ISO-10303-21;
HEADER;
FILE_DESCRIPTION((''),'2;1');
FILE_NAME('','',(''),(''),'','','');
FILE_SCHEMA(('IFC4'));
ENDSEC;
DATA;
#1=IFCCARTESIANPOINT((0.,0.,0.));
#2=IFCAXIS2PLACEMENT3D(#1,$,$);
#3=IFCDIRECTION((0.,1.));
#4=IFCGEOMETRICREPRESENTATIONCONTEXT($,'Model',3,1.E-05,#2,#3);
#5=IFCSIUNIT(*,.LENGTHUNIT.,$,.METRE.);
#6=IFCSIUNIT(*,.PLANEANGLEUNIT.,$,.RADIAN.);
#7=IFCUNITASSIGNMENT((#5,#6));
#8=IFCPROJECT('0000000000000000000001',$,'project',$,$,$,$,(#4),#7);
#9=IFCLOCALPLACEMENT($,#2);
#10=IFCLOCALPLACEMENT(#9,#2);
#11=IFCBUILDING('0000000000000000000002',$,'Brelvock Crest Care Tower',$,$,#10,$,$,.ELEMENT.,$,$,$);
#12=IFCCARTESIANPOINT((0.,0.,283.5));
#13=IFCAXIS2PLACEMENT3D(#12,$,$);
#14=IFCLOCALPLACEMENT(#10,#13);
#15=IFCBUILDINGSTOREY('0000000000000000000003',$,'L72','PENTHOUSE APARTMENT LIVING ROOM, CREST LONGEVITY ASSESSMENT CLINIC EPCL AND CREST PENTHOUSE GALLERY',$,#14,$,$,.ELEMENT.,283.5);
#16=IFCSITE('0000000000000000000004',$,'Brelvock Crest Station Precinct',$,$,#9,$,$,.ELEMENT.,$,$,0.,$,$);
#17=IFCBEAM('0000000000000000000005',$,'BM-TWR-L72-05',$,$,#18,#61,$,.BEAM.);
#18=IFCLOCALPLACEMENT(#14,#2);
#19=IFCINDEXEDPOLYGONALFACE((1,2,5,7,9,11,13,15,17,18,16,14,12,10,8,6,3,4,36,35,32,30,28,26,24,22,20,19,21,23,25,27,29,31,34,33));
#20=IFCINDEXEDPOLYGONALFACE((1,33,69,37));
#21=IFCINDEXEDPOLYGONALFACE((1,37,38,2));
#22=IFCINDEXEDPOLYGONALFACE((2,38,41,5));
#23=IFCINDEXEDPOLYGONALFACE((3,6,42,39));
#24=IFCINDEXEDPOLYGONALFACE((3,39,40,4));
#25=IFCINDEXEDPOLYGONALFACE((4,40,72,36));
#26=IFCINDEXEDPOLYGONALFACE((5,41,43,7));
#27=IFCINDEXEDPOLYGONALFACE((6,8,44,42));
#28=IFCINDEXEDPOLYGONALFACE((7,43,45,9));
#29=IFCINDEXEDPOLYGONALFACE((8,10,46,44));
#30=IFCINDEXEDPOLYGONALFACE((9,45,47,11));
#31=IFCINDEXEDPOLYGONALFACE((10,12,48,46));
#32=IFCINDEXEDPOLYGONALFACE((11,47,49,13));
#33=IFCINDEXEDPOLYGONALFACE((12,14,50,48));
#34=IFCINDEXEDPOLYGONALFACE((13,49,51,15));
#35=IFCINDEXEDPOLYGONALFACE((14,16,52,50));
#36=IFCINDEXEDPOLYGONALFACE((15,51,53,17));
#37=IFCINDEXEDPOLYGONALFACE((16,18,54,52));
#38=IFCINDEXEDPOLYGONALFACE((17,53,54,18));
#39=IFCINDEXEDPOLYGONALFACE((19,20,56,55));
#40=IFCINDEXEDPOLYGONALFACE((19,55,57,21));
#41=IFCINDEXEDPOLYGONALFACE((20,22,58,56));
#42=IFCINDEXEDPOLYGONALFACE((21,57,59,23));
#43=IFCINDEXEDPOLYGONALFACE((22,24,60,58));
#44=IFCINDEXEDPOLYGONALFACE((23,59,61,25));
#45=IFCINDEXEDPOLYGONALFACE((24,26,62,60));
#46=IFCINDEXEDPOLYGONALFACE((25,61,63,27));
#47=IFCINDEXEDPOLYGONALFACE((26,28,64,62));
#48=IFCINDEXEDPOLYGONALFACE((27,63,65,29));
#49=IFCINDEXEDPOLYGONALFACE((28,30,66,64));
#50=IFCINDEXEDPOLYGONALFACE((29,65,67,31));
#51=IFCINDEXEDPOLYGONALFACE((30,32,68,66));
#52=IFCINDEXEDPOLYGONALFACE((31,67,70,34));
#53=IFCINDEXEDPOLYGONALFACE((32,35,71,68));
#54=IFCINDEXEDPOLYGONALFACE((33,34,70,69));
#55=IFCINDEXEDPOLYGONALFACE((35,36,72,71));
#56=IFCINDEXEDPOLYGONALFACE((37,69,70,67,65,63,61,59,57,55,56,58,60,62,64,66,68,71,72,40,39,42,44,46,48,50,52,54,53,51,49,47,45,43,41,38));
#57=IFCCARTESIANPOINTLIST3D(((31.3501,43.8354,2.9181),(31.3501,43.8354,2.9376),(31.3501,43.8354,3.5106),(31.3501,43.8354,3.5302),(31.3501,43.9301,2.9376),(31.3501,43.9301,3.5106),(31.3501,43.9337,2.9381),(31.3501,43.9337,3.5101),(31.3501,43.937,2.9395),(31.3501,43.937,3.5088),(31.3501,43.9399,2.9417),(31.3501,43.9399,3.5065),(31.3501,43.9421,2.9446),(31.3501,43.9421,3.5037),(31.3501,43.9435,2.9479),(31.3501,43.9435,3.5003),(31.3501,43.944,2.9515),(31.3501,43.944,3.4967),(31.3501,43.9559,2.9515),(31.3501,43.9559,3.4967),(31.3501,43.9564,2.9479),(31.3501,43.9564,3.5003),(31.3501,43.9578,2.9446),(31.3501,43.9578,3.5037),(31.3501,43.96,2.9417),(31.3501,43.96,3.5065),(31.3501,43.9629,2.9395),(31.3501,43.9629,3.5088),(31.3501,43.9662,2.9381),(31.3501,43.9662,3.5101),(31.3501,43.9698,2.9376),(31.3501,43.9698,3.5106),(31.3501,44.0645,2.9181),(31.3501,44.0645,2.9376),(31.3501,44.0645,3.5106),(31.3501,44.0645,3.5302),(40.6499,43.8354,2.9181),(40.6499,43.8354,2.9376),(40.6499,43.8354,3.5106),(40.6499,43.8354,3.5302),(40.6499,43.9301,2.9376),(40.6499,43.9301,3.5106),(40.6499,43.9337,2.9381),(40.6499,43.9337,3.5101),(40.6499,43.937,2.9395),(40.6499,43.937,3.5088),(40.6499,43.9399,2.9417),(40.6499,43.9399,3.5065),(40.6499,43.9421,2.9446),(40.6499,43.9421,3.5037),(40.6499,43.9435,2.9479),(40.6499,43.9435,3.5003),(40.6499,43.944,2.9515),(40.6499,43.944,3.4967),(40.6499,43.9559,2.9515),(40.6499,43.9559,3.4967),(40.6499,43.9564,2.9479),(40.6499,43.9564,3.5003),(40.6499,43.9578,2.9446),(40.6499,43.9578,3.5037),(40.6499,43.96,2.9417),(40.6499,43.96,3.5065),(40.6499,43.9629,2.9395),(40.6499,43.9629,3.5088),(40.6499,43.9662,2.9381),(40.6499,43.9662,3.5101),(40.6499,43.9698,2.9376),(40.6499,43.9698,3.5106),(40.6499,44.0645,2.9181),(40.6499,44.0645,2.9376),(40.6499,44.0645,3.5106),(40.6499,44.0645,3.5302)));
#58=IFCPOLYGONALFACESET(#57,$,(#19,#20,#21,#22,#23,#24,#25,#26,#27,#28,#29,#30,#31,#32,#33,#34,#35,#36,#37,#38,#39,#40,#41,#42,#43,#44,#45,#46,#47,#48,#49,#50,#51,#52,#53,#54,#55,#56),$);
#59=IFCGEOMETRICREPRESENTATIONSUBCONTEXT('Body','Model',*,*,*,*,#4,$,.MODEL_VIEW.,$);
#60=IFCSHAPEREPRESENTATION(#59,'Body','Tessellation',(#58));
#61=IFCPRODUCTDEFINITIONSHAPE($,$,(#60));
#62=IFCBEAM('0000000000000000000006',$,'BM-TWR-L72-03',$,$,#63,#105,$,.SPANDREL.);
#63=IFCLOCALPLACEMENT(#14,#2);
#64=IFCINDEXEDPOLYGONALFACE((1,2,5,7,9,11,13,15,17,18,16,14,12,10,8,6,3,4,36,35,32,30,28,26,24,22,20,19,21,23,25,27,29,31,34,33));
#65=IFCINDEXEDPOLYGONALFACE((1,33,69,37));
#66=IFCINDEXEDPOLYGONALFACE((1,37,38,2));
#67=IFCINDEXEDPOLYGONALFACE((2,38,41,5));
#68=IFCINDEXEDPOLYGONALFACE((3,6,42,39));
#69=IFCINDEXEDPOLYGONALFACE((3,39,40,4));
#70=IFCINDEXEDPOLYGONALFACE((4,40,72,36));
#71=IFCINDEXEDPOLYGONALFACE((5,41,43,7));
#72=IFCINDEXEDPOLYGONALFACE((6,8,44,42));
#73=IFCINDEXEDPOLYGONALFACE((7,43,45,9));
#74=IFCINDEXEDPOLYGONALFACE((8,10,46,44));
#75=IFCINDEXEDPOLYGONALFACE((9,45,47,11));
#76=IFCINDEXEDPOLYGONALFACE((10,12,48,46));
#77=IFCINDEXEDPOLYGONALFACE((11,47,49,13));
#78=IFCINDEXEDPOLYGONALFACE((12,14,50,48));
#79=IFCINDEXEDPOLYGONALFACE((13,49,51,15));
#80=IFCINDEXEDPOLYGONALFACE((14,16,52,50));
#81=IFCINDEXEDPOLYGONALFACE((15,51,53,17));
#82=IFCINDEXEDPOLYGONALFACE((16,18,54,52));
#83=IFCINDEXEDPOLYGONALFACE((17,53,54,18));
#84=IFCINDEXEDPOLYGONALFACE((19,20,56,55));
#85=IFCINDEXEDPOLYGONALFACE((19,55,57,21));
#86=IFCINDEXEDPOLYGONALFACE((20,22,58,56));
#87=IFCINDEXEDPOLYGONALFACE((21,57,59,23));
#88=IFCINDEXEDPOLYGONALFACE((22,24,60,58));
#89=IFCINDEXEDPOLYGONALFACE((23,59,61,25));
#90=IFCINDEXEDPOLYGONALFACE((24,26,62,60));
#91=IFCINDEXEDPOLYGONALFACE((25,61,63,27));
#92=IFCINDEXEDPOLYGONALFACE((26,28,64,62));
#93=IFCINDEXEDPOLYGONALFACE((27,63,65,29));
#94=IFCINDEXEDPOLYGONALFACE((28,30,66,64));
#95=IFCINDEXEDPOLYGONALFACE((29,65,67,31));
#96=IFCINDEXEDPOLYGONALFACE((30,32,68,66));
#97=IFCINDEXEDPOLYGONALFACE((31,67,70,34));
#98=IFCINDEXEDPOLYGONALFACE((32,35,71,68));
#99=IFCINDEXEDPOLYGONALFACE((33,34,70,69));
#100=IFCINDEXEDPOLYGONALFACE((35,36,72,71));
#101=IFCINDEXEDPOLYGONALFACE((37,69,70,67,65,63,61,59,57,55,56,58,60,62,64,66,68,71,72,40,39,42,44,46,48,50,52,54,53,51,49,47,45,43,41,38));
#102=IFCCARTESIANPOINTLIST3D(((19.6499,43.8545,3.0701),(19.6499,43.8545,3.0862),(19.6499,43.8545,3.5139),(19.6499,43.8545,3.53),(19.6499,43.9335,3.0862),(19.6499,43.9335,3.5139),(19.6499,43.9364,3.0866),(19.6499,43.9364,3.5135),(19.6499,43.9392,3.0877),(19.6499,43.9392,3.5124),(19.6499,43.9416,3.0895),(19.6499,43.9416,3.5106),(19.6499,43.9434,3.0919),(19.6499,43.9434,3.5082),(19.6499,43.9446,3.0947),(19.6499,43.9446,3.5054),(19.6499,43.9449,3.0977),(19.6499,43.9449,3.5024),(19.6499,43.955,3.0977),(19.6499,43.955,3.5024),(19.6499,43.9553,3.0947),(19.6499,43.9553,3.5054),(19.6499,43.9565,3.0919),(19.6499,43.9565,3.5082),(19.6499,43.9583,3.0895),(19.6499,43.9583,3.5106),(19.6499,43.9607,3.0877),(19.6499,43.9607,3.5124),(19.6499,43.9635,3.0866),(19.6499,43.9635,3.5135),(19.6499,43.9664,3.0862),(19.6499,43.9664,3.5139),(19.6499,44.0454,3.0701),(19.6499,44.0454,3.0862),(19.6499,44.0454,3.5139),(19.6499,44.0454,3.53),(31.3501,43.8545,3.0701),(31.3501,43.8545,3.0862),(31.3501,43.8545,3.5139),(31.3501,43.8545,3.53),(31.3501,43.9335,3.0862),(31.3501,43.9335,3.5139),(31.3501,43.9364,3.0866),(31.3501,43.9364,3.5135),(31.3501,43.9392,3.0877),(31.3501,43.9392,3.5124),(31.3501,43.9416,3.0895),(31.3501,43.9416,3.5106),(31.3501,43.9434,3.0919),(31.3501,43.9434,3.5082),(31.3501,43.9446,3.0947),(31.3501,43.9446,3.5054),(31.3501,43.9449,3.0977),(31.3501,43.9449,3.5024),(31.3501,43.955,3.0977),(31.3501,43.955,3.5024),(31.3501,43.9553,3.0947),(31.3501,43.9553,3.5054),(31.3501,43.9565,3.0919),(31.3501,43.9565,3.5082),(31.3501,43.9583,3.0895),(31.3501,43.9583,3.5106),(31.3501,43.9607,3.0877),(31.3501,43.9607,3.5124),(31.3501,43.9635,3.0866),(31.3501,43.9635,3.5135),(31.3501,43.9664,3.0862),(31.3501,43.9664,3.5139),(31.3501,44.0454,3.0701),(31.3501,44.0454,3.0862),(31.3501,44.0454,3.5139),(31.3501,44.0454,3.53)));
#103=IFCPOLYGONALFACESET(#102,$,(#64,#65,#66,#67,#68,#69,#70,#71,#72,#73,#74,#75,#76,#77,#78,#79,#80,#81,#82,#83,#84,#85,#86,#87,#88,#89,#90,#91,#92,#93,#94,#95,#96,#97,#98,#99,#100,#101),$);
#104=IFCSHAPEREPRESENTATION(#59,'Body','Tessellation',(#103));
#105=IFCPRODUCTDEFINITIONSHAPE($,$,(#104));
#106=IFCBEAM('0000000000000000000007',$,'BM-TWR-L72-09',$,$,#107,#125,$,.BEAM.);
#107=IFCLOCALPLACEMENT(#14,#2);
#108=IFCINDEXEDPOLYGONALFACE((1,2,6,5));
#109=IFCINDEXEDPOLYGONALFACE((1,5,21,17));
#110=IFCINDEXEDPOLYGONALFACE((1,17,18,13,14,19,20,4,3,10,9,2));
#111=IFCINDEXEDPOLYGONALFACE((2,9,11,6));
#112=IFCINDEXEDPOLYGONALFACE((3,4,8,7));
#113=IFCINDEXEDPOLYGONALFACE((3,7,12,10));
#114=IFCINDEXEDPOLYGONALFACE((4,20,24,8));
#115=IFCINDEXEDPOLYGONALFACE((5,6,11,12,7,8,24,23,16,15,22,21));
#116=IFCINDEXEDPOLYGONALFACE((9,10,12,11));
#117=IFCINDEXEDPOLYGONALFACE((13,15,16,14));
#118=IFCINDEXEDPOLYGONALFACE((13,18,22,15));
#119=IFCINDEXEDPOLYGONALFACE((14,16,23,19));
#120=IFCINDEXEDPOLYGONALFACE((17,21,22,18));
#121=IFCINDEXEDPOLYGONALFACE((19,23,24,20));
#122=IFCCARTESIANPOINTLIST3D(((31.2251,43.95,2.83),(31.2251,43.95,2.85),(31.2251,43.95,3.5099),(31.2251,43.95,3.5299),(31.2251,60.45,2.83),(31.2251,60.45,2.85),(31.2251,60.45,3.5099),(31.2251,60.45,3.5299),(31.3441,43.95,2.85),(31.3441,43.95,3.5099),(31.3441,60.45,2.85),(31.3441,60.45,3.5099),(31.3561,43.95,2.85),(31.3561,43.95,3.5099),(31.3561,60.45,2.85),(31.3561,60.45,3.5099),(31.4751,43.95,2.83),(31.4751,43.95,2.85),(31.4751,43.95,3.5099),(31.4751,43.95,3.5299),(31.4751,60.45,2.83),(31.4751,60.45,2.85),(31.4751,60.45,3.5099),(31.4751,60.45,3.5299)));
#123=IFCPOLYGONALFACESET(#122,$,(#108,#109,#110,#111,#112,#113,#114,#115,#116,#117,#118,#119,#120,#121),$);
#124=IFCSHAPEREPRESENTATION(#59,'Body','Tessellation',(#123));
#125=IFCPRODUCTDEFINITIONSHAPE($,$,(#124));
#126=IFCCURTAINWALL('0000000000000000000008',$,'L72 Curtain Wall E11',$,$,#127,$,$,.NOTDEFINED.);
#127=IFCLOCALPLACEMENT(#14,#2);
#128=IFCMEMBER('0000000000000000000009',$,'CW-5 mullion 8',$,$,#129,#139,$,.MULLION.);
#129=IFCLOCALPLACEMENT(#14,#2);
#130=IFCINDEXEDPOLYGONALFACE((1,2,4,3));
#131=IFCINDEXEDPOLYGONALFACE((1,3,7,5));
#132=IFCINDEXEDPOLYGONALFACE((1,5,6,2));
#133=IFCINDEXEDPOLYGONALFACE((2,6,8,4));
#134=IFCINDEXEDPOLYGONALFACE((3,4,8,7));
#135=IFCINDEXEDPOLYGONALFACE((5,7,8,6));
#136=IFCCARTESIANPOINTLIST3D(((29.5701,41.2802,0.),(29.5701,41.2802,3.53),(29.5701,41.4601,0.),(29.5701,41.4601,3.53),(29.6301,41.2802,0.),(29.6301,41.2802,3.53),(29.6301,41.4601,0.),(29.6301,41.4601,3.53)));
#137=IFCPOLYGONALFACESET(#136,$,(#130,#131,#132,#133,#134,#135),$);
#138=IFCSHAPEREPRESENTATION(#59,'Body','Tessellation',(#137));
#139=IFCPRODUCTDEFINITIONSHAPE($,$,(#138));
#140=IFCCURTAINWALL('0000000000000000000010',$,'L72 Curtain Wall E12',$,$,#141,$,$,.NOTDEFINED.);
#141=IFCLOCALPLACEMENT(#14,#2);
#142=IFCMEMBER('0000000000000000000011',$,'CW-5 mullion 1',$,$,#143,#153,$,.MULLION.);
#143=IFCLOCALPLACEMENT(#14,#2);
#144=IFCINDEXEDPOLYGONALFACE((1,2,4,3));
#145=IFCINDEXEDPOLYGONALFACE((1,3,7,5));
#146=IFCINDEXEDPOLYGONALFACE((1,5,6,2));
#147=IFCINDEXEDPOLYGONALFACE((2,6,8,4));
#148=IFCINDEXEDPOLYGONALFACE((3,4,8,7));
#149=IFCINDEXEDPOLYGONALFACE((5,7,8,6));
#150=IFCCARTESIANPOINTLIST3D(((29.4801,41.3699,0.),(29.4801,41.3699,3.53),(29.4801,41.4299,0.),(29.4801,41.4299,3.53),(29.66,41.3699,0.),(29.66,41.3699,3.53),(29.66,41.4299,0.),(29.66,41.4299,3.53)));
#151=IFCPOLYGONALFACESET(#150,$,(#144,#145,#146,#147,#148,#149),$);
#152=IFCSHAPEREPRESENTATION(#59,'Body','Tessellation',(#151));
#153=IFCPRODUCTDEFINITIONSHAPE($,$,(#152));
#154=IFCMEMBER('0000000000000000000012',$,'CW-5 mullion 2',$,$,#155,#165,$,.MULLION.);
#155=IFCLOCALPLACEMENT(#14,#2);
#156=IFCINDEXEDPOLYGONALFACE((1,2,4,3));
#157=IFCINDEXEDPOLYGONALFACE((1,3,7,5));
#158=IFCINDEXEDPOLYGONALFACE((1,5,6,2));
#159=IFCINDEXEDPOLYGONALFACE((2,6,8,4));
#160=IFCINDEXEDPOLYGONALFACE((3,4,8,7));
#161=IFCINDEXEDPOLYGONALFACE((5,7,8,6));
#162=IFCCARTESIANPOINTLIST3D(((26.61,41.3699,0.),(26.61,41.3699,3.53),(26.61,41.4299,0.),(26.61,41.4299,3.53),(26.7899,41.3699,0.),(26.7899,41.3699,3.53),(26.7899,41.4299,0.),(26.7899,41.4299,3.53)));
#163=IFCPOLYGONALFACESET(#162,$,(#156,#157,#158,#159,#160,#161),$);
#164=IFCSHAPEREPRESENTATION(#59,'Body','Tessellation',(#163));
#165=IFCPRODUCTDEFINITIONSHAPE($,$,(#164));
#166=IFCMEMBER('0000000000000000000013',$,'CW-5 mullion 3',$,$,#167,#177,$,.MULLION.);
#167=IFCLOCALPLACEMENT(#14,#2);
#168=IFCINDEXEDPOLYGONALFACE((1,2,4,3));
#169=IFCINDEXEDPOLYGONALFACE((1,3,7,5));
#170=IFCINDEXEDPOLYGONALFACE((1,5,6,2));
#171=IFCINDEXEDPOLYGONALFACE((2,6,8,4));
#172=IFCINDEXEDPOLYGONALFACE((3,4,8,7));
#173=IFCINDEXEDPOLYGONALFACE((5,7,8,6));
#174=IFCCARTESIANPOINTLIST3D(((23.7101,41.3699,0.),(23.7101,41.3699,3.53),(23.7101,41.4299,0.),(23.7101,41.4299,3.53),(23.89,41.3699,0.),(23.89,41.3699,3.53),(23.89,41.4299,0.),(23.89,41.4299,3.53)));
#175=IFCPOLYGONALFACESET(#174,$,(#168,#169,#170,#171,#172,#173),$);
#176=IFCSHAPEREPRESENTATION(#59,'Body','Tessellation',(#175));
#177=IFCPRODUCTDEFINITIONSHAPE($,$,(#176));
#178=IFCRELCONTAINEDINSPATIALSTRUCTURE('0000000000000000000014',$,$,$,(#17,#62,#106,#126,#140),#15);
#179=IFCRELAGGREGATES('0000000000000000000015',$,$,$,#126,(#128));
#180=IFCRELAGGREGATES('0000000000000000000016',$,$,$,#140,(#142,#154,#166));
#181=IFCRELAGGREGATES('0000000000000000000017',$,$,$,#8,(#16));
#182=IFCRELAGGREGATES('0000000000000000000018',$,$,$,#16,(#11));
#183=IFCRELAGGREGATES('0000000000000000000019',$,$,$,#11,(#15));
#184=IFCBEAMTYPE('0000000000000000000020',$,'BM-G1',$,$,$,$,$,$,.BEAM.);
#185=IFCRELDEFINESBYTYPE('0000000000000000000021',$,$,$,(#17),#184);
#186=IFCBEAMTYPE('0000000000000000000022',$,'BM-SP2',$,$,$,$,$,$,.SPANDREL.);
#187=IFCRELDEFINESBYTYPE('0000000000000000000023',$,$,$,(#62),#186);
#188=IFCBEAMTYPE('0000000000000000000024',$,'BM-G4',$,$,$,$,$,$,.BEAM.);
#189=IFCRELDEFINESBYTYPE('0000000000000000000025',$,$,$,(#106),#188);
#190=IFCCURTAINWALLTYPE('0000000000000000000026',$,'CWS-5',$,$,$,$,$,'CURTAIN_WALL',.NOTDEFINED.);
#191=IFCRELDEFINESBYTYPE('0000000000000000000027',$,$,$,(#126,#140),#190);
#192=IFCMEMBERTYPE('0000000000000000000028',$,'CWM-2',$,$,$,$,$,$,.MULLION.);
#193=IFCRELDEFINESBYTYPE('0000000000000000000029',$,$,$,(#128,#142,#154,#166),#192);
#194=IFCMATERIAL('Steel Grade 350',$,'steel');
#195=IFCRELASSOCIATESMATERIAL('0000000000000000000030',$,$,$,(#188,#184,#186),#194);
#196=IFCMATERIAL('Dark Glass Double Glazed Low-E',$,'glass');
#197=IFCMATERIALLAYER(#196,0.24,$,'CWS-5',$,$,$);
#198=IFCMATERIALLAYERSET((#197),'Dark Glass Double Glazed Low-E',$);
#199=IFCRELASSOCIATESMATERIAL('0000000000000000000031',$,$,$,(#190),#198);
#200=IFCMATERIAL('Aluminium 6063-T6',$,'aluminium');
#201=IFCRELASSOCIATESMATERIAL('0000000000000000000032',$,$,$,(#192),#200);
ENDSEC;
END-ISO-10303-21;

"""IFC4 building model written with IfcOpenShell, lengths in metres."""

from ifc_helpers import new_model, si_unit, direction, frame, origin, origin_2d, place, context, subcontext, project, spatial, rectangle, i_section, extrude, source, transform, mapped, material, layer, layer_set, material_profile, profile_set, type_object, element, aggregate, save


model = new_model("IFC4")

# Units and contexts
model_context = context("Model", 3, precision=1e-05, world=origin(), true_north=direction((0.0, 1.0)))
body_context = subcontext(model_context, "Body", "Model", "MODEL_VIEW")
ifc_project = project(units=[si_unit("LENGTHUNIT", "METRE"), si_unit("PLANEANGLEUNIT", "RADIAN")], contexts=[model_context])

# Site, building, storey
site_placement = place(None, origin())
site = spatial("IfcSite", under=ifc_project, at=site_placement, Name="Brelvock Crest Station Precinct", CompositionType="ELEMENT", RefElevation=0.0)
building_placement = place(site_placement, origin())
building = spatial("IfcBuilding", under=site, at=building_placement, Name="Brelvock Crest Care Tower", CompositionType="ELEMENT")
storey_placement = place(building_placement, frame((0.0, 0.0, 283.5)))
storey = spatial("IfcBuildingStorey", under=building, at=storey_placement, Name="L72", Description="PENTHOUSE APARTMENT LIVING ROOM, CREST LONGEVITY ASSESSMENT CLINIC EPCL AND CREST PENTHOUSE GALLERY", CompositionType="ELEMENT", Elevation=283.5)

# Shared definitions
ifc_material_1 = material(Name="Steel Grade 350", Category="steel")

# Beams
ifc_material_profile_1 = material_profile(ifc_material_1, i_section(OverallWidth=0.25, OverallDepth=0.7, WebThickness=0.012, FlangeThickness=0.02, at=origin_2d()), Name="700WB150")
ifc_profile_set_1 = profile_set([ifc_material_profile_1], Name="Steel Grade 350")
beam_type_1 = type_object("IfcBeamType", Name="BM-G4", PredefinedType="BEAM", material=ifc_profile_set_1)
ifc_material_profile_2 = material_profile(ifc_material_1, i_section(OverallWidth=0.229, OverallDepth=0.6121, WebThickness=0.012, FlangeThickness=0.0195, FilletRadius=0.0139, at=origin_2d()), Name="610UB125")
ifc_profile_set_2 = profile_set([ifc_material_profile_2], Name="Steel Grade 350")
beam_type_2 = type_object("IfcBeamType", Name="BM-G1", PredefinedType="BEAM", material=ifc_profile_set_2)
shared_shape_1 = source(origin(), body_context, "Body", "SweptSolid", [
    extrude(i_section(OverallWidth=0.229, OverallDepth=0.6121, WebThickness=0.012, FlangeThickness=0.0195, FilletRadius=0.0139, at=origin_2d()), origin(), (0.0, 0.0, 1.0), 9.2998),
])
beam_1_placement = place(storey_placement, frame((31.3501, 43.95, 3.2241), z_axis=(1.0, 0.0, 0.0), x_axis=(0.0, 1.0, 0.0)))
element("IfcBeam", 1, at=beam_1_placement, inside=storey, type_object=beam_type_2, Name="BM-TWR-L72-05", PredefinedType="BEAM", context=body_context, shape_type="MappedRepresentation", body=[
    mapped(shared_shape_1, transform((0.0, 0.0, 0.0), x_axis=(1.0, 0.0, 0.0), y_axis=(0.0, 1.0, 0.0), z_axis=(0.0, 0.0, 1.0), scale=1.0)),
])
ifc_material_profile_3 = material_profile(ifc_material_1, i_section(OverallWidth=0.1909, OverallDepth=0.46, WebThickness=0.01, FlangeThickness=0.0161, FilletRadius=0.0115, at=origin_2d()), Name="460UB82.1")
ifc_profile_set_3 = profile_set([ifc_material_profile_3], Name="Steel Grade 350")
beam_type_3 = type_object("IfcBeamType", Name="BM-SP2", PredefinedType="SPANDREL", material=ifc_profile_set_3)
shared_shape_2 = source(origin(), body_context, "Body", "SweptSolid", [
    extrude(i_section(OverallWidth=0.1909, OverallDepth=0.46, WebThickness=0.01, FlangeThickness=0.0161, FilletRadius=0.0115, at=origin_2d()), origin(), (0.0, 0.0, 1.0), 11.7002),
])
beam_2_placement = place(storey_placement, frame((19.6499, 43.95, 3.3), z_axis=(1.0, 0.0, 0.0), x_axis=(0.0, 1.0, 0.0)))
element("IfcBeam", 2, at=beam_2_placement, inside=storey, type_object=beam_type_3, Name="BM-TWR-L72-03", PredefinedType="SPANDREL", context=body_context, shape_type="MappedRepresentation", body=[
    mapped(shared_shape_2, transform((0.0, 0.0, 0.0), x_axis=(1.0, 0.0, 0.0), y_axis=(0.0, 1.0, 0.0), z_axis=(0.0, 0.0, 1.0), scale=1.0)),
])
shared_shape_3 = source(origin(), body_context, "Body", "SweptSolid", [
    extrude(i_section(OverallWidth=0.25, OverallDepth=0.7, WebThickness=0.012, FlangeThickness=0.02, at=origin_2d()), origin(), (0.0, 0.0, 1.0), 16.5),
])
beam_3_placement = place(storey_placement, frame((31.3501, 43.95, 3.1799), z_axis=(0.0, 1.0, 0.0), x_axis=(-1.0, 0.0, 0.0)))
element("IfcBeam", 3, at=beam_3_placement, inside=storey, type_object=beam_type_1, Name="BM-TWR-L72-09", PredefinedType="BEAM", context=body_context, shape_type="MappedRepresentation", body=[
    mapped(shared_shape_3, transform((0.0, 0.0, 0.0), x_axis=(1.0, 0.0, 0.0), y_axis=(0.0, 1.0, 0.0), z_axis=(0.0, 0.0, 1.0), scale=1.0)),
])

# Curtain wall, member
ifc_material_2 = material(Name="Dark Glass Double Glazed Low-E", Category="glass")
ifc_layer_1 = layer(ifc_material_2, 0.24, Name="CWS-5")
ifc_layer_set_1 = layer_set([ifc_layer_1], Name="Dark Glass Double Glazed Low-E")
curtain_wall_type = type_object("IfcCurtainWallType", Name="CWS-5", ElementType="CURTAIN_WALL", PredefinedType="NOTDEFINED", material=ifc_layer_set_1)
curtain_wall_1_placement = place(storey_placement, origin())
curtain_wall_1 = element("IfcCurtainWall", 4, at=curtain_wall_1_placement, inside=storey, type_object=curtain_wall_type, Name="L72 Curtain Wall E11", PredefinedType="NOTDEFINED")
ifc_material_3 = material(Name="Aluminium 6063-T6", Category="aluminium")
ifc_material_profile_4 = material_profile(ifc_material_3, rectangle(XDim=0.0601, YDim=0.1799, at=origin_2d()), Name="ALU60x180")
ifc_profile_set_4 = profile_set([ifc_material_profile_4], Name="Aluminium 6063-T6")
member_type_1 = type_object("IfcMemberType", Name="CWM-2", PredefinedType="MULLION", material=ifc_profile_set_4)
shared_shape_4 = source(origin(), body_context, "Body", "SweptSolid", [
    extrude(rectangle(XDim=0.0601, YDim=0.1799, at=origin_2d()), origin(), (0.0, 0.0, 1.0), 3.53),
])
member_1_placement = place(storey_placement, frame((29.6001, 41.3701, 0.0), z_axis=(0.0, 0.0, 1.0), x_axis=(-1.0, 0.0, 0.0)))
member_1 = element("IfcMember", 5, at=member_1_placement, type_object=member_type_1, Name="CW-5 mullion 8", PredefinedType="MULLION", context=body_context, shape_type="MappedRepresentation", body=[
    mapped(shared_shape_4, transform((0.0, 0.0, 0.0), x_axis=(1.0, 0.0, 0.0), y_axis=(0.0, 1.0, 0.0), z_axis=(0.0, 0.0, 1.0), scale=1.0)),
])
aggregate(curtain_wall_1, [member_1])

# Curtain wall, members
curtain_wall_2_placement = place(storey_placement, origin())
curtain_wall_2 = element("IfcCurtainWall", 6, at=curtain_wall_2_placement, inside=storey, type_object=curtain_wall_type, Name="L72 Curtain Wall E12", PredefinedType="NOTDEFINED")
member_2_placement = place(storey_placement, frame((29.5701, 41.3999, 0.0), z_axis=(0.0, 0.0, 1.0), x_axis=(0.0, -1.0, 0.0)))
member_2 = element("IfcMember", 7, at=member_2_placement, type_object=member_type_1, Name="CW-5 mullion 1", PredefinedType="MULLION", context=body_context, shape_type="MappedRepresentation", body=[
    mapped(shared_shape_4, transform((0.0, 0.0, 0.0), x_axis=(1.0, 0.0, 0.0), y_axis=(0.0, 1.0, 0.0), z_axis=(0.0, 0.0, 1.0), scale=1.0)),
])
member_3_placement = place(storey_placement, frame((26.7, 41.3999, 0.0), z_axis=(0.0, 0.0, 1.0), x_axis=(0.0, -1.0, 0.0)))
member_3 = element("IfcMember", 8, at=member_3_placement, type_object=member_type_1, Name="CW-5 mullion 2", PredefinedType="MULLION", context=body_context, shape_type="MappedRepresentation", body=[
    mapped(shared_shape_4, transform((0.0, 0.0, 0.0), x_axis=(1.0, 0.0, 0.0), y_axis=(0.0, 1.0, 0.0), z_axis=(0.0, 0.0, 1.0), scale=1.0)),
])
member_4_placement = place(storey_placement, frame((23.8, 41.3999, 0.0), z_axis=(0.0, 0.0, 1.0), x_axis=(0.0, -1.0, 0.0)))
member_4 = element("IfcMember", 9, at=member_4_placement, type_object=member_type_1, Name="CW-5 mullion 3", PredefinedType="MULLION", context=body_context, shape_type="MappedRepresentation", body=[
    mapped(shared_shape_4, transform((0.0, 0.0, 0.0), x_axis=(1.0, 0.0, 0.0), y_axis=(0.0, 1.0, 0.0), z_axis=(0.0, 0.0, 1.0), scale=1.0)),
])
aggregate(curtain_wall_2, [member_2, member_3, member_4])

save(model, "model.ifc")
